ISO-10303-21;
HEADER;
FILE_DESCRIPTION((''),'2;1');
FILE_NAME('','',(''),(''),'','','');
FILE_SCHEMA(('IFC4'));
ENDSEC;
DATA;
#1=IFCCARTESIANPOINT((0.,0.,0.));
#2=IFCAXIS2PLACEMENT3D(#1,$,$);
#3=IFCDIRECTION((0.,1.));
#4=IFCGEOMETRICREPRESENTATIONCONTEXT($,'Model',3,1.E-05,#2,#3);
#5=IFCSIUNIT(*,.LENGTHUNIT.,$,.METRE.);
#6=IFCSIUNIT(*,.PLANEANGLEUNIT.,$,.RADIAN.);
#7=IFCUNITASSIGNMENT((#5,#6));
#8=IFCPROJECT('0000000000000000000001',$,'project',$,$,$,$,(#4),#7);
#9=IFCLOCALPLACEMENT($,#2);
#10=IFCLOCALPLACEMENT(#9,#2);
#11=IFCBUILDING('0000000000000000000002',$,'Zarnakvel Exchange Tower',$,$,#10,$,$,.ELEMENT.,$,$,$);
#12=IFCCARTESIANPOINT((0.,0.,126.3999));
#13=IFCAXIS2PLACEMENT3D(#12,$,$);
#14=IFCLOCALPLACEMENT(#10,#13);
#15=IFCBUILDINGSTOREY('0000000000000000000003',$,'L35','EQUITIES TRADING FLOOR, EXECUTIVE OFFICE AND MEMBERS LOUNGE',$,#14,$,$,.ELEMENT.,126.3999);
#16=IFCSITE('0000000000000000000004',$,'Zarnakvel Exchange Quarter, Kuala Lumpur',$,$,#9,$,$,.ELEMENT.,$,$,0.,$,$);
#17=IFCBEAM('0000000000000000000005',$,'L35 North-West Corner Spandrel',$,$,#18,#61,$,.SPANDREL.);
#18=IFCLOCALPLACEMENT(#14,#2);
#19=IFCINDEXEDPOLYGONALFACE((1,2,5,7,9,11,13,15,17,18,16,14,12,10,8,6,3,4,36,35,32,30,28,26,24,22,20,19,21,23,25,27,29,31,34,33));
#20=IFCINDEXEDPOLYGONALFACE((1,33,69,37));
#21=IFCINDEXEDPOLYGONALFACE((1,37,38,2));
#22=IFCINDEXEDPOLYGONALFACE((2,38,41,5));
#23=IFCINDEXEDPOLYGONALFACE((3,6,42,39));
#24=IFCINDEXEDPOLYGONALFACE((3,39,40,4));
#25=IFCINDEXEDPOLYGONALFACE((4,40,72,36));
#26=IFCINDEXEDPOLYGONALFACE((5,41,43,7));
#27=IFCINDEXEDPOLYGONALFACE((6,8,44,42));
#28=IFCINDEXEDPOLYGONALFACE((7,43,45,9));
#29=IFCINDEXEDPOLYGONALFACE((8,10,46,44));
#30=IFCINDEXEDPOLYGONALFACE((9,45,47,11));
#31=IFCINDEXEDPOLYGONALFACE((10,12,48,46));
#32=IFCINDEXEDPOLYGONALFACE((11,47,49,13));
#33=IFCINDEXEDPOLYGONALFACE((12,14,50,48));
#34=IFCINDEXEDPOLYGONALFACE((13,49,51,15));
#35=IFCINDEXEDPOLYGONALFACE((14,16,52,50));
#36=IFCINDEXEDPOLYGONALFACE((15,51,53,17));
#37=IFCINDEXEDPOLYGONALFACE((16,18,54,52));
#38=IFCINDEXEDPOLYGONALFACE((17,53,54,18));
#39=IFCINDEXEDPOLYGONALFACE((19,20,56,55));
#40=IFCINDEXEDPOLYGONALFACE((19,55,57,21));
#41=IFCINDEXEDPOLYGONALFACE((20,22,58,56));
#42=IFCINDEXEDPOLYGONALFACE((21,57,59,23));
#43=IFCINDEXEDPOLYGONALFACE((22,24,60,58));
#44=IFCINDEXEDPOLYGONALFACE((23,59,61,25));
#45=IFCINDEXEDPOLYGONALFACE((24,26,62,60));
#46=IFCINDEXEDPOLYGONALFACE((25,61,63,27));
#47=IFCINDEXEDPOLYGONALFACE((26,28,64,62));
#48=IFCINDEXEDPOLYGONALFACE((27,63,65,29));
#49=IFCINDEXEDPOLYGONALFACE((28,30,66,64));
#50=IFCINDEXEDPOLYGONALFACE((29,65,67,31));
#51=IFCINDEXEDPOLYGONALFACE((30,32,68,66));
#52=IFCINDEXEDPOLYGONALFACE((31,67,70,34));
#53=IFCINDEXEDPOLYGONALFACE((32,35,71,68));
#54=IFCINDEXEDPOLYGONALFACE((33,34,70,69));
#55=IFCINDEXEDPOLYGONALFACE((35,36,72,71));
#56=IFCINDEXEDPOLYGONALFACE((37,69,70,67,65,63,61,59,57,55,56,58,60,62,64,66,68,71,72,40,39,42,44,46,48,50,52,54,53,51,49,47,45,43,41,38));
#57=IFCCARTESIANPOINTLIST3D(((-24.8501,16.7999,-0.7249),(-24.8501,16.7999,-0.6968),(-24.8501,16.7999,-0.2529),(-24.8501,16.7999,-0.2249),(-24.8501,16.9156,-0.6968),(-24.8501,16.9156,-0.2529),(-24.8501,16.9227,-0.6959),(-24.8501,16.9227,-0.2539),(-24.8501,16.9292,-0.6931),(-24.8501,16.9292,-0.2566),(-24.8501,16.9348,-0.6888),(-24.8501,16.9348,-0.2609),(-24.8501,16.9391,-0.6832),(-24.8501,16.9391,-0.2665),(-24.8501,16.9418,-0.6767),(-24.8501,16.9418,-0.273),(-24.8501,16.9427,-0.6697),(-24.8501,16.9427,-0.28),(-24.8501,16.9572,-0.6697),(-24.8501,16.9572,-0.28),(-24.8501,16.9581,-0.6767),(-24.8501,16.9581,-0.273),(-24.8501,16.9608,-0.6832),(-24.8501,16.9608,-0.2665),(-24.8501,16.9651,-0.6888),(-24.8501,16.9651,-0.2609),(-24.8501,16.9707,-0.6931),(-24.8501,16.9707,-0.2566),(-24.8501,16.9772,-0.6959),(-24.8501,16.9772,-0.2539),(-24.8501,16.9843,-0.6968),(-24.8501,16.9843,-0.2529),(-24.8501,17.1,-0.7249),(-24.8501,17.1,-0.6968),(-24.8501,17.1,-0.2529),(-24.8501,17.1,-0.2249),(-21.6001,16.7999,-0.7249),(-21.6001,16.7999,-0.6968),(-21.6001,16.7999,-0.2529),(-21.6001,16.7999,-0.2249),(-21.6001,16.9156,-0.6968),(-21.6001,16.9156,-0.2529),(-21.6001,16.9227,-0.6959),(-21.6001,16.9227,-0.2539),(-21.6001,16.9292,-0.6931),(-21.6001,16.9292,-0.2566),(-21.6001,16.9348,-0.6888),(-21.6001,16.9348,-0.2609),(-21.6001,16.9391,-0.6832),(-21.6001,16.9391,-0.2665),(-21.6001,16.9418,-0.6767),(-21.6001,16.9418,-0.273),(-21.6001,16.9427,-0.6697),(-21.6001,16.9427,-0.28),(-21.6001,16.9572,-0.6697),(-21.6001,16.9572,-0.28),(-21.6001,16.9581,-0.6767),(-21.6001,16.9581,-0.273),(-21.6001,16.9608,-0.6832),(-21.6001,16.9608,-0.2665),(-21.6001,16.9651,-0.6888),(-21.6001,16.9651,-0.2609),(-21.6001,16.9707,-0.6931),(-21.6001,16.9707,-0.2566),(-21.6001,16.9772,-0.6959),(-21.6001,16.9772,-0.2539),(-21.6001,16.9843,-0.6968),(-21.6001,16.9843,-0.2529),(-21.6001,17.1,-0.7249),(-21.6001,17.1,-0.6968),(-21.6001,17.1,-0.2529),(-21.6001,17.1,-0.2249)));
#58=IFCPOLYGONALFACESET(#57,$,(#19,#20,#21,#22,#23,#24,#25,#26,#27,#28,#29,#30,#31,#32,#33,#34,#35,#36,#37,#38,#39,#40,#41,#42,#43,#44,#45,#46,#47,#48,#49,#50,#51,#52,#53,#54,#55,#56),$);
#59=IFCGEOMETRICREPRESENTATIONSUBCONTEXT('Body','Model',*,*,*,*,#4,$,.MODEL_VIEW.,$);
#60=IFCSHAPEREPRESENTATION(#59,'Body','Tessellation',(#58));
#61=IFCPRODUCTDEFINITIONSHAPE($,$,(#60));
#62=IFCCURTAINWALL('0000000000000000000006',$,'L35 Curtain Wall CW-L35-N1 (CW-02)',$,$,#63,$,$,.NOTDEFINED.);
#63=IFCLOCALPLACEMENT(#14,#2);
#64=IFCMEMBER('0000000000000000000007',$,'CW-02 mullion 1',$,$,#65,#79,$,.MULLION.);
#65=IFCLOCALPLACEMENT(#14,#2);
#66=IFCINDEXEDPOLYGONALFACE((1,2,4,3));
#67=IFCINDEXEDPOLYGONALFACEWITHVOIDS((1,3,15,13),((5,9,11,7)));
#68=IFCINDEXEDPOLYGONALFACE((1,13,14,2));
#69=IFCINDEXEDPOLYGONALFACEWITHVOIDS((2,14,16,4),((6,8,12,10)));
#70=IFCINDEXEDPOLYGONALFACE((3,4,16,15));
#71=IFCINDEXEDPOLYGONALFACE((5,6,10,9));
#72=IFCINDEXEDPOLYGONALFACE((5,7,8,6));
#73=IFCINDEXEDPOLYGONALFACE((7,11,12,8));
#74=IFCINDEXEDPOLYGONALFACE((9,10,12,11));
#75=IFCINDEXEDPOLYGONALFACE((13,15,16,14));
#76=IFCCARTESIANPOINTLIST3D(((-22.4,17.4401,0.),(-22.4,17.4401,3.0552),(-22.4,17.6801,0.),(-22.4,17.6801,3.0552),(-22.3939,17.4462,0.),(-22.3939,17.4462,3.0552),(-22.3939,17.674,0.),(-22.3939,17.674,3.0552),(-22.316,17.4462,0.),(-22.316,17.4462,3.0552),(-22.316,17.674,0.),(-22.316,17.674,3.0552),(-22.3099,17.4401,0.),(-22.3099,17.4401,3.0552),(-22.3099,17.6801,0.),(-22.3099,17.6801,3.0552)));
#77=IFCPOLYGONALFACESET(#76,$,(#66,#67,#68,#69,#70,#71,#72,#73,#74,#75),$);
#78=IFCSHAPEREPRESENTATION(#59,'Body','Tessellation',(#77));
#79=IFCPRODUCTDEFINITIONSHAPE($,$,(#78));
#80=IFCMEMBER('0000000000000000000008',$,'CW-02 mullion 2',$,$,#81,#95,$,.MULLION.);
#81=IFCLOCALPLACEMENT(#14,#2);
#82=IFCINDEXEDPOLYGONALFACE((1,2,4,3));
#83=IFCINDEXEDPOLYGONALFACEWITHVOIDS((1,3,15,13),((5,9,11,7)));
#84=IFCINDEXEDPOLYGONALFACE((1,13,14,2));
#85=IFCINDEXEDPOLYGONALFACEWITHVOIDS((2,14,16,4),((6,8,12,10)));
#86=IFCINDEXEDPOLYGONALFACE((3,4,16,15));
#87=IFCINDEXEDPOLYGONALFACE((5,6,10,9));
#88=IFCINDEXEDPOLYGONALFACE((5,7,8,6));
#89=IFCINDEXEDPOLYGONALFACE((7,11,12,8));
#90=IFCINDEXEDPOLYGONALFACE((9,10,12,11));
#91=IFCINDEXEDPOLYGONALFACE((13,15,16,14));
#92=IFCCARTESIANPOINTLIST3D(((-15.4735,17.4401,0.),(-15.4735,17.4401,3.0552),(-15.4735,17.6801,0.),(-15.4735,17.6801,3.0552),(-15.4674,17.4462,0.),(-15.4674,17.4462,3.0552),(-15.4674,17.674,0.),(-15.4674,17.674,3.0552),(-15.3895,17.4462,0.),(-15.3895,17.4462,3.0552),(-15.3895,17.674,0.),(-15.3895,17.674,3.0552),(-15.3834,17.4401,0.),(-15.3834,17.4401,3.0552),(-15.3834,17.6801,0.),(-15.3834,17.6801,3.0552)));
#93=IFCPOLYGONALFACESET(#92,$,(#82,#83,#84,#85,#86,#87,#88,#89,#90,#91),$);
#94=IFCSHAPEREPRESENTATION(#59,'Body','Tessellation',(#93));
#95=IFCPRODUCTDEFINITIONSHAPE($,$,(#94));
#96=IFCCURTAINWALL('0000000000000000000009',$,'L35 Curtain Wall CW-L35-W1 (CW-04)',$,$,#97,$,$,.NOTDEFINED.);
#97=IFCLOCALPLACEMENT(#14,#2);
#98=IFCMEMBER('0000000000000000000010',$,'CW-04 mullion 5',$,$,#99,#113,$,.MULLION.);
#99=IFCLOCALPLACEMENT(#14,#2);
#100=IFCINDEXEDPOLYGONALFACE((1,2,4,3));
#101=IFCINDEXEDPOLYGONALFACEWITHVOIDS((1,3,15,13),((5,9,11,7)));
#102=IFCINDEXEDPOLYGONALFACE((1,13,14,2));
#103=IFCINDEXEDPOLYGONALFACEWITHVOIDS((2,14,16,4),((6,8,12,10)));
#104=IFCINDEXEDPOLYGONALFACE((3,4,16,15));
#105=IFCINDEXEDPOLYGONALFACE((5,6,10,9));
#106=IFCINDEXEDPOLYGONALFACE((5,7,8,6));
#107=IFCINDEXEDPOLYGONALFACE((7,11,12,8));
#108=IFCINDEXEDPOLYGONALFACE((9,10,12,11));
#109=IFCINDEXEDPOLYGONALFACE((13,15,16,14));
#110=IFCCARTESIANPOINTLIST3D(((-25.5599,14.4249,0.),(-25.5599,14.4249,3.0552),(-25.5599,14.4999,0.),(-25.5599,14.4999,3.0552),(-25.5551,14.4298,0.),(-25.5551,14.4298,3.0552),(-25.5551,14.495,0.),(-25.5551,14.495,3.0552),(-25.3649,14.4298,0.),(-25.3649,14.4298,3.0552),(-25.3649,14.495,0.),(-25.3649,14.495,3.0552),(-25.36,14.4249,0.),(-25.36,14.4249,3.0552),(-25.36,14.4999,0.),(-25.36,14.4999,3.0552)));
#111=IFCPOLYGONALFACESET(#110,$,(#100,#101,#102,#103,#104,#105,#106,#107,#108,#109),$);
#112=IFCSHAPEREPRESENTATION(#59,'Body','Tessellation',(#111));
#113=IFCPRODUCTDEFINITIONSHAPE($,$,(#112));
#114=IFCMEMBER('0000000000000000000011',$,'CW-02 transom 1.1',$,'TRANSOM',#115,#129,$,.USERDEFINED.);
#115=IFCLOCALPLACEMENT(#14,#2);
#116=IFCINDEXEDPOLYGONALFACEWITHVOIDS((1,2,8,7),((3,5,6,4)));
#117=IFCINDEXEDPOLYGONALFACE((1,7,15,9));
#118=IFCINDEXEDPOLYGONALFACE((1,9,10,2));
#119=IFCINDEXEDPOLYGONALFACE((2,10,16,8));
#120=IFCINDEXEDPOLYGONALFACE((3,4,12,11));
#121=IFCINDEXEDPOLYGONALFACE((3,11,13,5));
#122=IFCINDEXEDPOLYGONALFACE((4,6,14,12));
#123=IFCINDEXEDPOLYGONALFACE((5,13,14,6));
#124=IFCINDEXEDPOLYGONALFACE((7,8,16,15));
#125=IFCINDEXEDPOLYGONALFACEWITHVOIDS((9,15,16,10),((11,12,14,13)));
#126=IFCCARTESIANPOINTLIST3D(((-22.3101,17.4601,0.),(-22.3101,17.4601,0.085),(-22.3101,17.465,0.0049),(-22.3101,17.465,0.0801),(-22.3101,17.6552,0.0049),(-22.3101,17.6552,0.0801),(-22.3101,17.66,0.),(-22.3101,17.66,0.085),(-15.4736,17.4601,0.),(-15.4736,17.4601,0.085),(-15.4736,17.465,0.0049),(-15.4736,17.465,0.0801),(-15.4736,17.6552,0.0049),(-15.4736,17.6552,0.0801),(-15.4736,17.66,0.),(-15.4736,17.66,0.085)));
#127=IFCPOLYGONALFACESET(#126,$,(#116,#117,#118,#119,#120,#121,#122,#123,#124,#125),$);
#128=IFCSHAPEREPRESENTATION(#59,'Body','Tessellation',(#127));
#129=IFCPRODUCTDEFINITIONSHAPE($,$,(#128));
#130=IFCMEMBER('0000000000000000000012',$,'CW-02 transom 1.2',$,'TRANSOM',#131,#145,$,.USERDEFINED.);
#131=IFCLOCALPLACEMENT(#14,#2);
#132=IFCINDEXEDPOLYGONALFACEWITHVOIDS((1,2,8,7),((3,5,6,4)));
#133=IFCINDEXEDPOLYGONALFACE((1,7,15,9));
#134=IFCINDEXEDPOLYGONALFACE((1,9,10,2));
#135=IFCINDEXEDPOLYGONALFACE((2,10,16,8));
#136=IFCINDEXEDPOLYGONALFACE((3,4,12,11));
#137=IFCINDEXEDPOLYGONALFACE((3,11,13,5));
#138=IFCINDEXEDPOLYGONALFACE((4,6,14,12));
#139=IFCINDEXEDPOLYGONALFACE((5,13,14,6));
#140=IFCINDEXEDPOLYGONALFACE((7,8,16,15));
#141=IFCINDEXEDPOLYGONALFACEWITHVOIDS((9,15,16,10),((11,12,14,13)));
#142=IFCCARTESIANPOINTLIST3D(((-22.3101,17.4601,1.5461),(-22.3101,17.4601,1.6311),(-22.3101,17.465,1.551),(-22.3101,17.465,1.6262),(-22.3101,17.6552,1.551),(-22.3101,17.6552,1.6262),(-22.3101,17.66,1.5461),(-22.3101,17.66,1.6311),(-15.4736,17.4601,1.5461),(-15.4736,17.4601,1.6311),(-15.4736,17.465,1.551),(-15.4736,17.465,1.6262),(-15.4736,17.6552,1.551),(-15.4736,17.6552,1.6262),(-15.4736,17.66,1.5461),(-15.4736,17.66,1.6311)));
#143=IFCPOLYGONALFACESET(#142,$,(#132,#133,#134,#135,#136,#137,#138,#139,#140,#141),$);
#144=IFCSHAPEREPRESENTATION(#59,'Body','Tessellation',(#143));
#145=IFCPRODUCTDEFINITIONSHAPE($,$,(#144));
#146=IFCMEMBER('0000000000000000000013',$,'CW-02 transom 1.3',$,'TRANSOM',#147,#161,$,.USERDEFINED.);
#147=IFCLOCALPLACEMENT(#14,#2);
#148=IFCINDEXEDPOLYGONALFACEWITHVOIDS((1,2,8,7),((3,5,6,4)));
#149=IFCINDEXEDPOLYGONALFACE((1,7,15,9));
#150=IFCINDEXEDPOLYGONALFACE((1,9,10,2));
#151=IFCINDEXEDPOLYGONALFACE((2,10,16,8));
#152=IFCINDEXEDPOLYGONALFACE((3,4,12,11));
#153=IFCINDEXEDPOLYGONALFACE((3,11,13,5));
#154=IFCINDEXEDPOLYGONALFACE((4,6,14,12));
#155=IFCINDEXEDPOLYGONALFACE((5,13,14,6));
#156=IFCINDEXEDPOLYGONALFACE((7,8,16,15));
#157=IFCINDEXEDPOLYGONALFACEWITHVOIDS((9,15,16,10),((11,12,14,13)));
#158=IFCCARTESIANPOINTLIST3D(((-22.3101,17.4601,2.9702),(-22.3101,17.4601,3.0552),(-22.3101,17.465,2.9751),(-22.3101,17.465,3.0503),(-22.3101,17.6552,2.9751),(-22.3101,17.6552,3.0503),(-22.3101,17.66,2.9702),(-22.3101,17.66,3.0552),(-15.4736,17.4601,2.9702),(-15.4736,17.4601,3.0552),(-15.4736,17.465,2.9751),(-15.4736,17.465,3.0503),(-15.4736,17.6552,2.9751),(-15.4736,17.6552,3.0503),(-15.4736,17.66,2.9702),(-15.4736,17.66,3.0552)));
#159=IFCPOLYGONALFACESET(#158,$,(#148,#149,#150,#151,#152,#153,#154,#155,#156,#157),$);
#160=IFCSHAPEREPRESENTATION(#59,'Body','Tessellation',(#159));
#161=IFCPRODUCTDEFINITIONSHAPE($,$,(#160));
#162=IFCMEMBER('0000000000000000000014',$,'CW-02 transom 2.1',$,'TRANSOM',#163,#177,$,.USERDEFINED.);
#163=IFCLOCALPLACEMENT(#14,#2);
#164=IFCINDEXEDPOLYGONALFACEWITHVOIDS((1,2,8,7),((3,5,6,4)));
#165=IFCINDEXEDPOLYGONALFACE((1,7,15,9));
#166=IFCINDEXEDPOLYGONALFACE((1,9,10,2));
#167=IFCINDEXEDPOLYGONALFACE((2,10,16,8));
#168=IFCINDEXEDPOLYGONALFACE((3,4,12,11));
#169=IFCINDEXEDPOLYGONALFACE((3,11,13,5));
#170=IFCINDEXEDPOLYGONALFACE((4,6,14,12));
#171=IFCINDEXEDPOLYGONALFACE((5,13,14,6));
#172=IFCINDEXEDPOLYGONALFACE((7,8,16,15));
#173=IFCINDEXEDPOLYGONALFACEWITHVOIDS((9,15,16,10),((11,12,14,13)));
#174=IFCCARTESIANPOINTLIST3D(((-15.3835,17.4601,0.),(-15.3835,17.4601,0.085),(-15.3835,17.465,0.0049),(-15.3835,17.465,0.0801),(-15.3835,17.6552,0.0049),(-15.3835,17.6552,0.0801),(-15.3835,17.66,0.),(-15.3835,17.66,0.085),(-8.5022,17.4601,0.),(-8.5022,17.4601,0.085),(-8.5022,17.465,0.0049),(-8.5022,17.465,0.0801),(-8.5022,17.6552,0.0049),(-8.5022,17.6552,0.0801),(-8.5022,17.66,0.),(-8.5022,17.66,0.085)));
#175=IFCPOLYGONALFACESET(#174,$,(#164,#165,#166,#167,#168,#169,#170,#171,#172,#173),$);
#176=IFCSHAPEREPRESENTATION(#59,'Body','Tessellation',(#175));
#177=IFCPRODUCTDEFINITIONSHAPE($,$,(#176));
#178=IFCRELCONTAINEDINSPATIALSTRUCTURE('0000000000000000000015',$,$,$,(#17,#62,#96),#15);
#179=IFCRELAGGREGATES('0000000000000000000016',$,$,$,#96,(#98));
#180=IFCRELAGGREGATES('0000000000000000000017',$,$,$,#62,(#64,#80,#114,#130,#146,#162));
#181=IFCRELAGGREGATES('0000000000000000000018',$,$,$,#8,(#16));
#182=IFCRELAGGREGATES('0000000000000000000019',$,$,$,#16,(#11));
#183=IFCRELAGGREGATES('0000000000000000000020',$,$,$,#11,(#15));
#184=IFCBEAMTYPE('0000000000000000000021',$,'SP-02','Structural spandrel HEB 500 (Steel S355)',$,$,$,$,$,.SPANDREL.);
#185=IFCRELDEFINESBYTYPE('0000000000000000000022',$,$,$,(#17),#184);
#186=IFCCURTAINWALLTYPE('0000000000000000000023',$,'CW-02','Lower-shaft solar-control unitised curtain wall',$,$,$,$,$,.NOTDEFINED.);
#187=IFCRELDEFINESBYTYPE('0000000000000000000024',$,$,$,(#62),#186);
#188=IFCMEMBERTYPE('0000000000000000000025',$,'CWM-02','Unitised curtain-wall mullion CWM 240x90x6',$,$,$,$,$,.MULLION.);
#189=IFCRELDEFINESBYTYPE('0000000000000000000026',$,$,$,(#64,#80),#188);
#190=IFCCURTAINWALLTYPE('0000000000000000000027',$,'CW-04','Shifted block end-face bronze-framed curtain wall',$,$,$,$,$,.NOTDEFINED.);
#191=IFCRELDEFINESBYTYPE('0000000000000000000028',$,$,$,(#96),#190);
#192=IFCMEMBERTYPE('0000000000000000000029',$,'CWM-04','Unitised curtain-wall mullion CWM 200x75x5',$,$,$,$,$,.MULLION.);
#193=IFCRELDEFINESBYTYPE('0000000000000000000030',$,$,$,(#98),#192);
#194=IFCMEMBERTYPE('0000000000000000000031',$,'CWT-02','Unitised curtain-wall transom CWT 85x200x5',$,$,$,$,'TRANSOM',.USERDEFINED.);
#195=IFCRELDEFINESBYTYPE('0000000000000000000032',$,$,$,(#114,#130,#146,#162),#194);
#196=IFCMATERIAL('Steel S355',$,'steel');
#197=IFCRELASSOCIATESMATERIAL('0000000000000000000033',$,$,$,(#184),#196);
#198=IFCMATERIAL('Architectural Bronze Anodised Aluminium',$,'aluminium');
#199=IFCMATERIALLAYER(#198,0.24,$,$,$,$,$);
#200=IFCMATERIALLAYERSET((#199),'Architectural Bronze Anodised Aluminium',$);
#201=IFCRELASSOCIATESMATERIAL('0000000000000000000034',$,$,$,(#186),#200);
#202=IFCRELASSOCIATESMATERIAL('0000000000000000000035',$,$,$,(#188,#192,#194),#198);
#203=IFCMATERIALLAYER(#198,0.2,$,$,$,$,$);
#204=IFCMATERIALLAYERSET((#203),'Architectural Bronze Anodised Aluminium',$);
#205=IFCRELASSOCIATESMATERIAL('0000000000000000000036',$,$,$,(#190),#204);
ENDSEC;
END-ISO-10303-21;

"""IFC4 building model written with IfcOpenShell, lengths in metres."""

from ifc_helpers import new_model, si_unit, direction, frame, origin, origin_2d, place, context, subcontext, project, spatial, hollow_rectangle, i_section, extrude, source, transform, mapped, material, layer, layer_set, material_profile, profile_set, type_object, element, aggregate, save


model = new_model("IFC4")

# Units and contexts
model_context = context("Model", 3, precision=1e-05, world=origin(), true_north=direction((0.0, 1.0)))
body_context = subcontext(model_context, "Body", "Model", "MODEL_VIEW")
ifc_project = project(units=[si_unit("LENGTHUNIT", "METRE"), si_unit("PLANEANGLEUNIT", "RADIAN")], contexts=[model_context])

# Site, building, storey
site_placement = place(None, origin())
site = spatial("IfcSite", under=ifc_project, at=site_placement, Name="Zarnakvel Exchange Quarter, Kuala Lumpur", CompositionType="ELEMENT", RefElevation=0.0)
building_placement = place(site_placement, origin())
building = spatial("IfcBuilding", under=site, at=building_placement, Name="Zarnakvel Exchange Tower", CompositionType="ELEMENT")
storey_placement = place(building_placement, frame((0.0, 0.0, 126.3999)))
storey = spatial("IfcBuildingStorey", under=building, at=storey_placement, Name="L35", Description="EQUITIES TRADING FLOOR, EXECUTIVE OFFICE AND MEMBERS LOUNGE", CompositionType="ELEMENT", Elevation=126.3999)

# Beam
ifc_material_1 = material(Name="Steel S355", Category="steel")
ifc_material_profile_1 = material_profile(ifc_material_1, i_section(OverallWidth=0.3, OverallDepth=0.5, WebThickness=0.0144, FlangeThickness=0.0281, FilletRadius=0.0271, at=origin_2d()))
ifc_profile_set_1 = profile_set([ifc_material_profile_1], Name="Steel S355")
beam_type_1 = type_object("IfcBeamType", Name="SP-02", Description="Structural spandrel HEB 500 (Steel S355)", PredefinedType="SPANDREL", material=ifc_profile_set_1)
beam_1_placement = place(storey_placement, frame((-24.8501, 16.95, -0.4749), z_axis=(1.0, 0.0, 0.0), x_axis=(0.0, 1.0, 0.0)))
element("IfcBeam", 1, at=beam_1_placement, inside=storey, type_object=beam_type_1, Name="L35 North-West Corner Spandrel", PredefinedType="SPANDREL", context=body_context, shape_type="SweptSolid", body=[
    extrude(i_section(OverallWidth=0.3, OverallDepth=0.5, WebThickness=0.0144, FlangeThickness=0.0281, FilletRadius=0.0271, at=origin_2d()), origin(), (0.0, 0.0, 1.0), 3.25),
])

# Curtain wall, members
ifc_material_2 = material(Name="Architectural Bronze Anodised Aluminium", Category="aluminium")
ifc_layer_1 = layer(ifc_material_2, 0.24)
ifc_layer_set_1 = layer_set([ifc_layer_1], Name="Architectural Bronze Anodised Aluminium")
curtain_wall_type_1 = type_object("IfcCurtainWallType", Name="CW-02", Description="Lower-shaft solar-control unitised curtain wall", PredefinedType="NOTDEFINED", material=ifc_layer_set_1)
curtain_wall_1_placement = place(storey_placement, origin())
curtain_wall_1 = element("IfcCurtainWall", 2, at=curtain_wall_1_placement, inside=storey, type_object=curtain_wall_type_1, Name="L35 Curtain Wall CW-L35-N1 (CW-02)", PredefinedType="NOTDEFINED")
ifc_material_profile_2 = material_profile(ifc_material_2, hollow_rectangle(XDim=0.24, YDim=0.0901, WallThickness=0.0061, at=origin_2d()))
ifc_profile_set_2 = profile_set([ifc_material_profile_2], Name="Architectural Bronze Anodised Aluminium")
member_type_1 = type_object("IfcMemberType", Name="CWM-02", Description="Unitised curtain-wall mullion CWM 240x90x6", PredefinedType="MULLION", material=ifc_profile_set_2)
shared_shape_1 = source(origin(), body_context, "Body", "SweptSolid", [
    extrude(hollow_rectangle(XDim=0.24, YDim=0.0901, WallThickness=0.0061, at=origin_2d()), origin(), (0.0, 0.0, 1.0), 3.0552),
])
member_1_placement = place(storey_placement, frame((-22.355, 17.5601, 0.0), z_axis=(0.0, 0.0, 1.0), x_axis=(0.0, 1.0, 0.0)))
member_1 = element("IfcMember", 3, at=member_1_placement, type_object=member_type_1, Name="CW-02 mullion 1", PredefinedType="MULLION", context=body_context, shape_type="MappedRepresentation", body=[
    mapped(shared_shape_1, transform((0.0, 0.0, 0.0), x_axis=(1.0, 0.0, 0.0), y_axis=(0.0, 1.0, 0.0), z_axis=(0.0, 0.0, 1.0), scale=1.0)),
])
member_2_placement = place(storey_placement, frame((-15.4285, 17.5601, 0.0), z_axis=(0.0, 0.0, 1.0), x_axis=(0.0, 1.0, 0.0)))
member_2 = element("IfcMember", 4, at=member_2_placement, type_object=member_type_1, Name="CW-02 mullion 2", PredefinedType="MULLION", context=body_context, shape_type="MappedRepresentation", body=[
    mapped(shared_shape_1, transform((0.0, 0.0, 0.0), x_axis=(1.0, 0.0, 0.0), y_axis=(0.0, 1.0, 0.0), z_axis=(0.0, 0.0, 1.0), scale=1.0)),
])

# Curtain wall, member
ifc_layer_2 = layer(ifc_material_2, 0.2)
ifc_layer_set_2 = layer_set([ifc_layer_2], Name="Architectural Bronze Anodised Aluminium")
curtain_wall_type_2 = type_object("IfcCurtainWallType", Name="CW-04", Description="Shifted block end-face bronze-framed curtain wall", PredefinedType="NOTDEFINED", material=ifc_layer_set_2)
curtain_wall_2_placement = place(storey_placement, origin())
curtain_wall_2 = element("IfcCurtainWall", 5, at=curtain_wall_2_placement, inside=storey, type_object=curtain_wall_type_2, Name="L35 Curtain Wall CW-L35-W1 (CW-04)", PredefinedType="NOTDEFINED")
ifc_material_profile_3 = material_profile(ifc_material_2, hollow_rectangle(XDim=0.2, YDim=0.075, WallThickness=0.0049, at=origin_2d()))
ifc_profile_set_3 = profile_set([ifc_material_profile_3], Name="Architectural Bronze Anodised Aluminium")
member_type_2 = type_object("IfcMemberType", Name="CWM-04", Description="Unitised curtain-wall mullion CWM 200x75x5", PredefinedType="MULLION", material=ifc_profile_set_3)
shared_shape_2 = source(origin(), body_context, "Body", "SweptSolid", [
    extrude(hollow_rectangle(XDim=0.2, YDim=0.075, WallThickness=0.0049, at=origin_2d()), origin(), (0.0, 0.0, 1.0), 3.0552),
])
member_3_placement = place(storey_placement, frame((-25.46, 14.4624, 0.0), z_axis=(0.0, 0.0, 1.0), x_axis=(-1.0, 0.0, 0.0)))
member_3 = element("IfcMember", 6, at=member_3_placement, type_object=member_type_2, Name="CW-04 mullion 5", PredefinedType="MULLION", context=body_context, shape_type="MappedRepresentation", body=[
    mapped(shared_shape_2, transform((0.0, 0.0, 0.0), x_axis=(1.0, 0.0, 0.0), y_axis=(0.0, 1.0, 0.0), z_axis=(0.0, 0.0, 1.0), scale=1.0)),
])
aggregate(curtain_wall_2, [member_3])

# Members
ifc_material_profile_4 = material_profile(ifc_material_2, hollow_rectangle(XDim=0.2, YDim=0.085, WallThickness=0.0049, at=origin_2d()))
ifc_profile_set_4 = profile_set([ifc_material_profile_4], Name="Architectural Bronze Anodised Aluminium")
member_type_3 = type_object("IfcMemberType", Name="CWT-02", Description="Unitised curtain-wall transom CWT 85x200x5", ElementType="TRANSOM", PredefinedType="USERDEFINED", material=ifc_profile_set_4)
shared_shape_3 = source(origin(), body_context, "Body", "SweptSolid", [
    extrude(hollow_rectangle(XDim=0.2, YDim=0.085, WallThickness=0.0049, at=origin_2d()), origin(), (0.0, 0.0, 1.0), 6.8364),
])
member_4_placement = place(storey_placement, frame((-22.3101, 17.5601, 0.0425), z_axis=(1.0, 0.0, 0.0), x_axis=(0.0, 1.0, 0.0)))
member_4 = element("IfcMember", 7, at=member_4_placement, type_object=member_type_3, Name="CW-02 transom 1.1", ObjectType="TRANSOM", PredefinedType="USERDEFINED", context=body_context, shape_type="MappedRepresentation", body=[
    mapped(shared_shape_3, transform((0.0, 0.0, 0.0), x_axis=(1.0, 0.0, 0.0), y_axis=(0.0, 1.0, 0.0), z_axis=(0.0, 0.0, 1.0), scale=1.0)),
])
member_5_placement = place(storey_placement, frame((-22.3101, 17.5601, 1.5886), z_axis=(1.0, 0.0, 0.0), x_axis=(0.0, 1.0, 0.0)))
member_5 = element("IfcMember", 8, at=member_5_placement, type_object=member_type_3, Name="CW-02 transom 1.2", ObjectType="TRANSOM", PredefinedType="USERDEFINED", context=body_context, shape_type="MappedRepresentation", body=[
    mapped(shared_shape_3, transform((0.0, 0.0, 0.0), x_axis=(1.0, 0.0, 0.0), y_axis=(0.0, 1.0, 0.0), z_axis=(0.0, 0.0, 1.0), scale=1.0)),
])
member_6_placement = place(storey_placement, frame((-22.3101, 17.5601, 3.0127), z_axis=(1.0, 0.0, 0.0), x_axis=(0.0, 1.0, 0.0)))
member_6 = element("IfcMember", 9, at=member_6_placement, type_object=member_type_3, Name="CW-02 transom 1.3", ObjectType="TRANSOM", PredefinedType="USERDEFINED", context=body_context, shape_type="MappedRepresentation", body=[
    mapped(shared_shape_3, transform((0.0, 0.0, 0.0), x_axis=(1.0, 0.0, 0.0), y_axis=(0.0, 1.0, 0.0), z_axis=(0.0, 0.0, 1.0), scale=1.0)),
])
shared_shape_4 = source(origin(), body_context, "Body", "SweptSolid", [
    extrude(hollow_rectangle(XDim=0.2, YDim=0.085, WallThickness=0.0049, at=origin_2d()), origin(), (0.0, 0.0, 1.0), 6.8813),
])
member_7_placement = place(storey_placement, frame((-15.3835, 17.5601, 0.0425), z_axis=(1.0, 0.0, 0.0), x_axis=(0.0, 1.0, 0.0)))
member_7 = element("IfcMember", 10, at=member_7_placement, type_object=member_type_3, Name="CW-02 transom 2.1", ObjectType="TRANSOM", PredefinedType="USERDEFINED", context=body_context, shape_type="MappedRepresentation", body=[
    mapped(shared_shape_4, transform((0.0, 0.0, 0.0), x_axis=(1.0, 0.0, 0.0), y_axis=(0.0, 1.0, 0.0), z_axis=(0.0, 0.0, 1.0), scale=1.0)),
])

aggregate(curtain_wall_1, [member_1, member_2, member_4, member_5, member_6, member_7])

save(model, "model.ifc")
